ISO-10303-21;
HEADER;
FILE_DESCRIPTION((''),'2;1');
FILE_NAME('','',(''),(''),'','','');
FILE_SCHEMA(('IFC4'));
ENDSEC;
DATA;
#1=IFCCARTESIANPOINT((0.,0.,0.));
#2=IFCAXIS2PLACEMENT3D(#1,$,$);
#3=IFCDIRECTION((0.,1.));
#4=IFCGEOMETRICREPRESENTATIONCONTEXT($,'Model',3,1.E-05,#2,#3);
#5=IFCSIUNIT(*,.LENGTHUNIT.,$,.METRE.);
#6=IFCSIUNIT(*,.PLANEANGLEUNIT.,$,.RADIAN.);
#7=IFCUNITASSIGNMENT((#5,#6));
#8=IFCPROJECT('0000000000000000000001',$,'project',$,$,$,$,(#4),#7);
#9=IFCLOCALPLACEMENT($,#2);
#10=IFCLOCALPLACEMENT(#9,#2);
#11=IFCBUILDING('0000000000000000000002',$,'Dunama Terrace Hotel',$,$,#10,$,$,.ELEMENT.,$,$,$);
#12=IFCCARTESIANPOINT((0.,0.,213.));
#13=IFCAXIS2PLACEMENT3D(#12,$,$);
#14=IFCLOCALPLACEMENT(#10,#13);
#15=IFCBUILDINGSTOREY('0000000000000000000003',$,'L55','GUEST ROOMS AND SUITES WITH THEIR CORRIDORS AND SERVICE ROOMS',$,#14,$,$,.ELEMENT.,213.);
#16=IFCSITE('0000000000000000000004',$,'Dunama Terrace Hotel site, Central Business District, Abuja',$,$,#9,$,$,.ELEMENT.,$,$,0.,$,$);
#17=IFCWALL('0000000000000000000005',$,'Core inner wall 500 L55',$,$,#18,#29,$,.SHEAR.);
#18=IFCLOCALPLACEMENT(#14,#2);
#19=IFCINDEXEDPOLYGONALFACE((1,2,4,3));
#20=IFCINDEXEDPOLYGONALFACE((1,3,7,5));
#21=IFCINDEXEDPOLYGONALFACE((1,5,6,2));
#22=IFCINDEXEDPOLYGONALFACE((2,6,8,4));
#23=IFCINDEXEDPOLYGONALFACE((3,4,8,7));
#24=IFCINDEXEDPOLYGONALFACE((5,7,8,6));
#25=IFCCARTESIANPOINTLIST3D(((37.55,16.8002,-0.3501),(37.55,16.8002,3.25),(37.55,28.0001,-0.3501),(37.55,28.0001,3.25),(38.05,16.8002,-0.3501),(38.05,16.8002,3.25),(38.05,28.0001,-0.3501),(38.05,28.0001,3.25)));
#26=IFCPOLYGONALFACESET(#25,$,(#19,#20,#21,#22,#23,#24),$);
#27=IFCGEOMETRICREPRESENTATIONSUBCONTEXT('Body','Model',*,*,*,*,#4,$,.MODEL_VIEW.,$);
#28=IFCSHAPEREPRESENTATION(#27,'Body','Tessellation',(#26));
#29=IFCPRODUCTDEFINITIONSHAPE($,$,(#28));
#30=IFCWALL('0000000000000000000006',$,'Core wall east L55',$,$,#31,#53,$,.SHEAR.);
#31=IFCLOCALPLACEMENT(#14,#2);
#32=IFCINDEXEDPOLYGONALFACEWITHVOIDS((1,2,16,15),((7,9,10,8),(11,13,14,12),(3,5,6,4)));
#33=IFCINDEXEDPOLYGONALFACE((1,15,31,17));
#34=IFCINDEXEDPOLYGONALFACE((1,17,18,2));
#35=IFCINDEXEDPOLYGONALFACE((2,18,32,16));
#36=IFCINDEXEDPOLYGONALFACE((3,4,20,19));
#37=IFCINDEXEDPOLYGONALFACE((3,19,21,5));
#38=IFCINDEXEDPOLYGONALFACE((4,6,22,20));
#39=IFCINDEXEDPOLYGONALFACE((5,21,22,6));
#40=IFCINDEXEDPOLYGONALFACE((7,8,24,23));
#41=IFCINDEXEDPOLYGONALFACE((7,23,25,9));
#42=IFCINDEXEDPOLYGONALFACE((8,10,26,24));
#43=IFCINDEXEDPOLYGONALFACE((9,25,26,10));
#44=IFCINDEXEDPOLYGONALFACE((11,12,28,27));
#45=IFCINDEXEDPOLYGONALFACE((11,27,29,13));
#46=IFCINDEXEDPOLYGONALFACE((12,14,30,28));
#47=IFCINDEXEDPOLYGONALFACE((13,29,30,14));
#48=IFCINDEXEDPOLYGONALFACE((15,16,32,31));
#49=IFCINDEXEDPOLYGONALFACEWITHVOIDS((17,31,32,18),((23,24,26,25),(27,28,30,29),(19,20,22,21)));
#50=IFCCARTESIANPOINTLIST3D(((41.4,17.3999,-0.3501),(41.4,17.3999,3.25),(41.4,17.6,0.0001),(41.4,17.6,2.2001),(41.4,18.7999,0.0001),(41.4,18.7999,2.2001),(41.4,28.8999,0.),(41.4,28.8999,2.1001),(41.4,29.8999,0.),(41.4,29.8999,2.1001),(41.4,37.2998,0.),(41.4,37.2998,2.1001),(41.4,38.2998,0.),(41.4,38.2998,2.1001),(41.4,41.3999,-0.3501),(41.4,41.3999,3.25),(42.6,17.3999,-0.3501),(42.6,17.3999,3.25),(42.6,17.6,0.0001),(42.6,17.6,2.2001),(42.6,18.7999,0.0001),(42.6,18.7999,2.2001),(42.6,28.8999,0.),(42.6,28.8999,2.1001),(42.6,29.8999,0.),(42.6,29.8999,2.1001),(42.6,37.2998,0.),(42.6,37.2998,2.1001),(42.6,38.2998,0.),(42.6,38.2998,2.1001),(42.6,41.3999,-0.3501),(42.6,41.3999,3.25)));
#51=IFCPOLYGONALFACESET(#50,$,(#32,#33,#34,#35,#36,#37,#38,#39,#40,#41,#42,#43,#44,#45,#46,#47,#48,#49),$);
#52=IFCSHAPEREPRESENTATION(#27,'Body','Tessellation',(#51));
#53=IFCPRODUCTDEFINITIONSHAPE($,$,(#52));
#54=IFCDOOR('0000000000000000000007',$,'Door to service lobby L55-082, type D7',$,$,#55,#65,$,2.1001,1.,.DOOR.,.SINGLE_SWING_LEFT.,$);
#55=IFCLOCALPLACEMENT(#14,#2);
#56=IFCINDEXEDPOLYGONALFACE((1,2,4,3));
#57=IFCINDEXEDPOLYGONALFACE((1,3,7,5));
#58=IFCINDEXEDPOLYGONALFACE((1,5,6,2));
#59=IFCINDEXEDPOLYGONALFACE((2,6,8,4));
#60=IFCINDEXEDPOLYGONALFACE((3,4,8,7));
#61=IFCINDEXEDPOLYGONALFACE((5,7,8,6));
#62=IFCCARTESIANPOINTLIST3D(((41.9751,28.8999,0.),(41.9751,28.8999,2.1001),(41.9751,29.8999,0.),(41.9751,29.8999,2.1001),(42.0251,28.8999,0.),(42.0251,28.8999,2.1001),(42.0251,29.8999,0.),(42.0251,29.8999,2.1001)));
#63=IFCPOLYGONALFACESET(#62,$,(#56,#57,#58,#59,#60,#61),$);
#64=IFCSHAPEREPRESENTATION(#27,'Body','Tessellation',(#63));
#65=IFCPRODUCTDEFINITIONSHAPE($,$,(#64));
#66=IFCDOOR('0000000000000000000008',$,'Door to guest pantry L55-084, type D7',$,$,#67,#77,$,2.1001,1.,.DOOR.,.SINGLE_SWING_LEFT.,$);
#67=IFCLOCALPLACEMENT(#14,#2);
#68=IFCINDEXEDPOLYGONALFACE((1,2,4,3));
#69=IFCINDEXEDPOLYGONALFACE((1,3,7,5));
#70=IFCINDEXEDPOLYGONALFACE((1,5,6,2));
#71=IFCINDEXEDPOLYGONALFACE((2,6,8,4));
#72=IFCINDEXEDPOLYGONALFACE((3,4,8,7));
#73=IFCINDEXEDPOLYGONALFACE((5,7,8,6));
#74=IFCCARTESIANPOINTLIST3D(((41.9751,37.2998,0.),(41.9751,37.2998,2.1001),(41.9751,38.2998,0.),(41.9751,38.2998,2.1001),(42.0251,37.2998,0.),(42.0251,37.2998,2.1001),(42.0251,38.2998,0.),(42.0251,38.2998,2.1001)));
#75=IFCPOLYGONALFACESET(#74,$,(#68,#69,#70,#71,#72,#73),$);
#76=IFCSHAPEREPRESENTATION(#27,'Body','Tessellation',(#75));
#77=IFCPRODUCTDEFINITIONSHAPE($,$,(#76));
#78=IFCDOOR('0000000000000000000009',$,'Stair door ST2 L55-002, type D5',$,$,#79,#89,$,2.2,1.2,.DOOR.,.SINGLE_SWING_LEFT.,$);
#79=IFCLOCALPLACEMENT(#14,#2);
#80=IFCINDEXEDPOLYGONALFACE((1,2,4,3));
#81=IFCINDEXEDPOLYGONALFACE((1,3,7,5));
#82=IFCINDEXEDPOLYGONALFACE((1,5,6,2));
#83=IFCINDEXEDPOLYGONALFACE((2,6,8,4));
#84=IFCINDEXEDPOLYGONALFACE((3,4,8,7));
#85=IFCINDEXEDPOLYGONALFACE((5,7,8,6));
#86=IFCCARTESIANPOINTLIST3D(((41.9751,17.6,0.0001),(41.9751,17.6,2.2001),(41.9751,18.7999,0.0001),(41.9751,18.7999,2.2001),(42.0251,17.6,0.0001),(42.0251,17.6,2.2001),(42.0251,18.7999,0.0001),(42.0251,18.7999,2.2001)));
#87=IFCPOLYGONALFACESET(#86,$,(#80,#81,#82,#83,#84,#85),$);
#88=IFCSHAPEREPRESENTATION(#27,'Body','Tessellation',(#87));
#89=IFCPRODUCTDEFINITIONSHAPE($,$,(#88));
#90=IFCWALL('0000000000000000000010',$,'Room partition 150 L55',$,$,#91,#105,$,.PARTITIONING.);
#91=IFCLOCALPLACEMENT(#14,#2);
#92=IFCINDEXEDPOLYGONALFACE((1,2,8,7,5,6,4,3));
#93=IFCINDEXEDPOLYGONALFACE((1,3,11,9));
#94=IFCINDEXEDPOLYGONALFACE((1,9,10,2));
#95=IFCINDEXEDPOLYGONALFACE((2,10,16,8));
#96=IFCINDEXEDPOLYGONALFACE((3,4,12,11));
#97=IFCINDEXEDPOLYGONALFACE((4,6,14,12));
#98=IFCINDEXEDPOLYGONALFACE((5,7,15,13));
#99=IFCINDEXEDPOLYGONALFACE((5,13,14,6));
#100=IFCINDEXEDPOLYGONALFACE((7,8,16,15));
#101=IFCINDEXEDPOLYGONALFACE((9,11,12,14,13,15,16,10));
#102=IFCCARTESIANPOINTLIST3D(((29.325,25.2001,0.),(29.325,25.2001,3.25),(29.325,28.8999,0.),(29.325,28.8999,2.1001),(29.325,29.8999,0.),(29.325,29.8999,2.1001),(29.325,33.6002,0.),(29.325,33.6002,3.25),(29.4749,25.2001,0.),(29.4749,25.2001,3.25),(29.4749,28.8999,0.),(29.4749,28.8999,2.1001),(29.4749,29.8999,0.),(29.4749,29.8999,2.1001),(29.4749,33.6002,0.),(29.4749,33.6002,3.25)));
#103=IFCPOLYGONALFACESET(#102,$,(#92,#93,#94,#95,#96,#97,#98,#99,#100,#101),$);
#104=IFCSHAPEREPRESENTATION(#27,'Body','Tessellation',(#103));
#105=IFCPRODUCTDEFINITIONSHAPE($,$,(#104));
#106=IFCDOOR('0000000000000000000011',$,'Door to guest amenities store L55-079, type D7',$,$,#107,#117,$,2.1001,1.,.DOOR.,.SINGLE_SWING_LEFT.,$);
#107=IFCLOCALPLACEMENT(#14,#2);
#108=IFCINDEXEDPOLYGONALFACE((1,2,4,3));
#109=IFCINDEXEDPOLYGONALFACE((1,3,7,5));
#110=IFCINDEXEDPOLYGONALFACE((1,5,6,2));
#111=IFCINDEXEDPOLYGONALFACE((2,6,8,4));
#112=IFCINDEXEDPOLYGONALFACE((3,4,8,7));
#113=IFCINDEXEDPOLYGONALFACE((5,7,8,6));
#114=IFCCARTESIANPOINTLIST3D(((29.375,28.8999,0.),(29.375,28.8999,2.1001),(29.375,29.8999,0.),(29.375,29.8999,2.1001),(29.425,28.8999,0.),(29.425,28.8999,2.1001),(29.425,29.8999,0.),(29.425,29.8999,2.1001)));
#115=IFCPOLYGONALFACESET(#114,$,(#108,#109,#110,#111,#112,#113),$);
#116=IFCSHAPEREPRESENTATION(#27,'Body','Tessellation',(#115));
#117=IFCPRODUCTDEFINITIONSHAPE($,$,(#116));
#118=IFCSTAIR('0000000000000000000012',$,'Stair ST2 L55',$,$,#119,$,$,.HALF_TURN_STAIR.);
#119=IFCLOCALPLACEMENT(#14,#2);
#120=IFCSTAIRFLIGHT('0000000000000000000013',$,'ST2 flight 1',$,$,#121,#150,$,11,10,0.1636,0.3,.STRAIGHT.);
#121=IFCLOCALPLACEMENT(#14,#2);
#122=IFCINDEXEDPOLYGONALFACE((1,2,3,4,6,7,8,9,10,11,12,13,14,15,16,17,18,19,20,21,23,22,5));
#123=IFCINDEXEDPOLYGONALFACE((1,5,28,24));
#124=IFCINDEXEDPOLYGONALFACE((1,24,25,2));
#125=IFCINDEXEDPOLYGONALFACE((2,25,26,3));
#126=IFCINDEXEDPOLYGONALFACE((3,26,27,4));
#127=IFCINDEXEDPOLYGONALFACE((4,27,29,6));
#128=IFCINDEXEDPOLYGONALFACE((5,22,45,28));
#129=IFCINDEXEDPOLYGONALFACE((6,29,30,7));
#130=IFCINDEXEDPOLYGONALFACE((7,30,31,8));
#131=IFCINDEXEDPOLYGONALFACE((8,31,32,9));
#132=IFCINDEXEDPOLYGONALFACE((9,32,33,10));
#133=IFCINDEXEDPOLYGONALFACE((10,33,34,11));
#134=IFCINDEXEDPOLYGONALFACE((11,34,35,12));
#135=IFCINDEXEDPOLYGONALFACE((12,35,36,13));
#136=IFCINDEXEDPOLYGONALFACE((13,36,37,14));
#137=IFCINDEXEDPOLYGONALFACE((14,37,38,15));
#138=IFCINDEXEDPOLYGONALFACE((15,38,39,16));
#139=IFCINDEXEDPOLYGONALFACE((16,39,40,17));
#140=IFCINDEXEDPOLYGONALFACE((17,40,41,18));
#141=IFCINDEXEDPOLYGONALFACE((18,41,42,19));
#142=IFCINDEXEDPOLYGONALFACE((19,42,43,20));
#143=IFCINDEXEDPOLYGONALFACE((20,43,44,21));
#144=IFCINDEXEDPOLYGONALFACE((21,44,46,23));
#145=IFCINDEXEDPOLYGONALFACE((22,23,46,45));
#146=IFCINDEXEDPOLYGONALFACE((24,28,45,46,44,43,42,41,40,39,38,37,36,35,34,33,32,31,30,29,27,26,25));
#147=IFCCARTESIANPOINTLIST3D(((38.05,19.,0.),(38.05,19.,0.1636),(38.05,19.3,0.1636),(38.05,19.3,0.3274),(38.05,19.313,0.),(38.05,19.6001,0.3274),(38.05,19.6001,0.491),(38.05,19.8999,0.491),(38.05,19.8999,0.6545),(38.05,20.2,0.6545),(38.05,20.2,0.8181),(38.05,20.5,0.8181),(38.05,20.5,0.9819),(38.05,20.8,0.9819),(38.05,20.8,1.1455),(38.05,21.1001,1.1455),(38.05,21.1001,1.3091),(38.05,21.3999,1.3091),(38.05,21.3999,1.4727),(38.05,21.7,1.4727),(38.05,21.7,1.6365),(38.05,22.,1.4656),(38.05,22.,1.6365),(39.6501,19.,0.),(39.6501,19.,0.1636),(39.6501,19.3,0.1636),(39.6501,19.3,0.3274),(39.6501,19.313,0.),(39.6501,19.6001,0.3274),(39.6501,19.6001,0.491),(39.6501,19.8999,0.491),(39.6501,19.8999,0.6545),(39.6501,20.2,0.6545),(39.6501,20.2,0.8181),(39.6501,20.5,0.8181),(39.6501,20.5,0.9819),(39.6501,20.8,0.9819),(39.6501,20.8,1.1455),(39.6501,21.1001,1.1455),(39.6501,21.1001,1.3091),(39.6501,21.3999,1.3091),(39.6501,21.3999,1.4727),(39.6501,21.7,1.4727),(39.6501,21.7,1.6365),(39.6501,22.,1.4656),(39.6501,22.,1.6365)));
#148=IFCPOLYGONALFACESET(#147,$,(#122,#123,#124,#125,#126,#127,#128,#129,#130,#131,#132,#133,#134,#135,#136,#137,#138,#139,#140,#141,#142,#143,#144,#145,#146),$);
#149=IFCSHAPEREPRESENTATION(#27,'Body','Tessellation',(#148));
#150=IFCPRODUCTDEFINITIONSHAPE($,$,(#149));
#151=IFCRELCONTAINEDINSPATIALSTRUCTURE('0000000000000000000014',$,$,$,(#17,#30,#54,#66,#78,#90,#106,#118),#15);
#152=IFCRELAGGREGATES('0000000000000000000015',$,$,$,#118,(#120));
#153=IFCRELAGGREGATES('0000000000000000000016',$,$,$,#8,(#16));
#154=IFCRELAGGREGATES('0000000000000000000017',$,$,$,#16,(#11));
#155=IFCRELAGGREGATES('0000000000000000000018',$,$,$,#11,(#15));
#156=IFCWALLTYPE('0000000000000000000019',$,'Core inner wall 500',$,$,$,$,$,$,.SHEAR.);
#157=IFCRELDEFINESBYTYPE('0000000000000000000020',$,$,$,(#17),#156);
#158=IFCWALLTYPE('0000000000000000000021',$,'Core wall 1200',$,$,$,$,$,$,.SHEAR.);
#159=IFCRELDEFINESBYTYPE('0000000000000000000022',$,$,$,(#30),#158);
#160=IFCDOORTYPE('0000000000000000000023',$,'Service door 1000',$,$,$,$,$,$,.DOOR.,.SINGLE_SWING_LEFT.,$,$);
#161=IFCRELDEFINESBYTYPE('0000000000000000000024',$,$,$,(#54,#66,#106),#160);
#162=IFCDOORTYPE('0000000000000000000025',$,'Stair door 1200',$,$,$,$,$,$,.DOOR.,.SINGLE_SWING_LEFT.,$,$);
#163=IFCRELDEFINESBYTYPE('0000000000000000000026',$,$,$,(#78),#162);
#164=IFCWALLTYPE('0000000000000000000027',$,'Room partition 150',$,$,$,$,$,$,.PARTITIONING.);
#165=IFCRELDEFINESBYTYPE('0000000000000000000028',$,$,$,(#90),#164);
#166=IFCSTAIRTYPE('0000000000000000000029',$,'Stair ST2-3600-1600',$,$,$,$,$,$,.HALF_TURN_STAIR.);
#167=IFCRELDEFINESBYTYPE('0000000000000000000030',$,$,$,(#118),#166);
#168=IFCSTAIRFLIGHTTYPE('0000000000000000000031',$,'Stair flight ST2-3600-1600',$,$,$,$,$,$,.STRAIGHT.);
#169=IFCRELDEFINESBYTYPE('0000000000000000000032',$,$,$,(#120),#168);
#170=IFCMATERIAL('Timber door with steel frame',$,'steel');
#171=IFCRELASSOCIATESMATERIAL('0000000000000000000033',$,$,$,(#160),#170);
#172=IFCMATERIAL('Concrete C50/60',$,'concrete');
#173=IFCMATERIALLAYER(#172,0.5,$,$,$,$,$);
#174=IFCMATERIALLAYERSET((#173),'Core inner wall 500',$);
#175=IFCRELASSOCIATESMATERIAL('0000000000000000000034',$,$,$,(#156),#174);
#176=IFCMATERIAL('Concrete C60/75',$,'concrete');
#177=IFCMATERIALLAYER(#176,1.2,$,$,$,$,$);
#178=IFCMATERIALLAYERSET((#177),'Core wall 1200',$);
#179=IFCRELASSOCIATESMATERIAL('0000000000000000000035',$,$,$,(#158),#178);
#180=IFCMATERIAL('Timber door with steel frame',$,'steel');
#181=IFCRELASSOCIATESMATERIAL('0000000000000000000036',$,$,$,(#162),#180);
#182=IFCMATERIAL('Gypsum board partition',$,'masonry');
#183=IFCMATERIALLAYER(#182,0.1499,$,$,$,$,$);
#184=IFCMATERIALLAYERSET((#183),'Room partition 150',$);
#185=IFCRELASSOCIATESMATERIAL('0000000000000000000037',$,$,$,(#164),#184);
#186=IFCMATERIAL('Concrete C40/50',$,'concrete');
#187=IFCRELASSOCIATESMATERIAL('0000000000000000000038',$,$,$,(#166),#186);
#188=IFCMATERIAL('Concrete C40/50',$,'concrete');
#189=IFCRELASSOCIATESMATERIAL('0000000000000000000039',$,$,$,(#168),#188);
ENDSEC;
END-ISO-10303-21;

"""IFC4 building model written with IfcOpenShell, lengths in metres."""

from ifc_helpers import new_model, si_unit, direction, frame, frame_2d, origin, place, context, subcontext, project, spatial, polyline, rectangle, outline, extrude, material, layer, layer_set, type_object, element, fill, aggregate, save


model = new_model("IFC4")

# Units and contexts
model_context = context("Model", 3, precision=1e-05, world=origin(), true_north=direction((0.0, 1.0)))
body_context = subcontext(model_context, "Body", "Model", "MODEL_VIEW")
ifc_project = project(units=[si_unit("LENGTHUNIT", "METRE"), si_unit("PLANEANGLEUNIT", "RADIAN")], contexts=[model_context])

# Site, building, storey
site_placement = place(None, origin())
site = spatial("IfcSite", under=ifc_project, at=site_placement, Name="Dunama Terrace Hotel site, Central Business District, Abuja", CompositionType="ELEMENT", RefElevation=0.0)
building_placement = place(site_placement, origin())
building = spatial("IfcBuilding", under=site, at=building_placement, Name="Dunama Terrace Hotel", CompositionType="ELEMENT")
storey_placement = place(building_placement, frame((0.0, 0.0, 213.0)))
storey = spatial("IfcBuildingStorey", under=building, at=storey_placement, Name="L55", Description="GUEST ROOMS AND SUITES WITH THEIR CORRIDORS AND SERVICE ROOMS", CompositionType="ELEMENT", Elevation=213.0)

# Shared definitions
ifc_material_1 = material(Name="Timber door with steel frame", Category="steel")
door_type_1 = type_object("IfcDoorType", Name="Service door 1000", OperationType="SINGLE_SWING_LEFT", PredefinedType="DOOR", material=ifc_material_1)

# Wall
ifc_material_2 = material(Name="Concrete C50/60", Category="concrete")
ifc_layer_1 = layer(ifc_material_2, 0.5)
ifc_layer_set_1 = layer_set([ifc_layer_1], Name="Core inner wall 500")
wall_type_1 = type_object("IfcWallType", Name="Core inner wall 500", PredefinedType="SHEAR", material=ifc_layer_set_1)
wall_1_placement = place(storey_placement, frame((37.8, 16.8, -0.3501), z_axis=(0.0, 0.0, 1.0), x_axis=(0.0, 1.0, 0.0)))
element("IfcWall", 1, at=wall_1_placement, inside=storey, type_object=wall_type_1, Name="Core inner wall 500 L55", PredefinedType="SHEAR", context=body_context, shape_type="SweptSolid", body=[
    extrude(rectangle(XDim=11.2, YDim=0.5, at=frame_2d((5.6001, 0.0))), origin(), (0.0, 0.0, 1.0), 3.6001),
])

# Wall, openings, doors
ifc_material_3 = material(Name="Concrete C60/75", Category="concrete")
ifc_layer_2 = layer(ifc_material_3, 1.2)
ifc_layer_set_2 = layer_set([ifc_layer_2], Name="Core wall 1200")
wall_type_2 = type_object("IfcWallType", Name="Core wall 1200", PredefinedType="SHEAR", material=ifc_layer_set_2)
wall_2_placement = place(storey_placement, frame((42.0, 17.3999, -0.3501), z_axis=(0.0, 0.0, 1.0), x_axis=(0.0, 1.0, 0.0)))
wall_2 = element("IfcWall", 2, at=wall_2_placement, inside=storey, type_object=wall_type_2, Name="Core wall east L55", PredefinedType="SHEAR", context=body_context, shape_type="SweptSolid", body=[
    extrude(rectangle(XDim=24.0, YDim=1.2, at=frame_2d((12.0, 0.0))), origin(), (0.0, 0.0, 1.0), 3.6001),
])
opening_1_placement = place(wall_2_placement, frame((0.2, 0.0, 0.3501)))
opening_1 = element("IfcOpeningElement", 3, at=opening_1_placement, cuts=wall_2, PredefinedType="OPENING", context=body_context, shape_type="SweptSolid", body=[
    extrude(rectangle(XDim=1.2, YDim=2.2, at=frame_2d((0.6001, 1.1001))), frame((0.0, 0.6099, 0.0), z_axis=(0.0, -1.0, 0.0), x_axis=(1.0, 0.0, 0.0)), (0.0, 0.0, 1.0), 1.22),
])
opening_2_placement = place(wall_2_placement, frame((11.5, 0.0, 0.3501)))
opening_2 = element("IfcOpeningElement", 4, at=opening_2_placement, cuts=wall_2, PredefinedType="OPENING", context=body_context, shape_type="SweptSolid", body=[
    extrude(rectangle(XDim=1.0, YDim=2.1001, at=frame_2d((0.5, 1.05))), frame((0.0, 0.6099, 0.0), z_axis=(0.0, -1.0, 0.0), x_axis=(1.0, 0.0, 0.0)), (0.0, 0.0, 1.0), 1.22),
])
opening_3_placement = place(wall_2_placement, frame((19.8999, 0.0, 0.3501)))
opening_3 = element("IfcOpeningElement", 5, at=opening_3_placement, cuts=wall_2, PredefinedType="OPENING", context=body_context, shape_type="SweptSolid", body=[
    extrude(rectangle(XDim=1.0, YDim=2.1001, at=frame_2d((0.5, 1.05))), frame((0.0, 0.6099, 0.0), z_axis=(0.0, -1.0, 0.0), x_axis=(1.0, 0.0, 0.0)), (0.0, 0.0, 1.0), 1.22),
])
door_1_placement = place(opening_2_placement, origin())
door_1 = element("IfcDoor", 6, at=door_1_placement, inside=storey, type_object=door_type_1, Name="Door to service lobby L55-082, type D7", OperationType="SINGLE_SWING_LEFT", OverallHeight=2.1001, OverallWidth=1.0, PredefinedType="DOOR", context=body_context, shape_type="SweptSolid", body=[
    extrude(rectangle(XDim=1.0, YDim=2.1001, at=frame_2d((0.5, 1.05))), frame((0.0, 0.0249, 0.0), z_axis=(0.0, -1.0, 0.0), x_axis=(1.0, 0.0, 0.0)), (0.0, 0.0, 1.0), 0.05),
])
fill(opening_2, door_1)
door_2_placement = place(opening_3_placement, origin())
door_2 = element("IfcDoor", 7, at=door_2_placement, inside=storey, type_object=door_type_1, Name="Door to guest pantry L55-084, type D7", OperationType="SINGLE_SWING_LEFT", OverallHeight=2.1001, OverallWidth=1.0, PredefinedType="DOOR", context=body_context, shape_type="SweptSolid", body=[
    extrude(rectangle(XDim=1.0, YDim=2.1001, at=frame_2d((0.5, 1.05))), frame((0.0, 0.0249, 0.0), z_axis=(0.0, -1.0, 0.0), x_axis=(1.0, 0.0, 0.0)), (0.0, 0.0, 1.0), 0.05),
])
fill(opening_3, door_2)
ifc_material_4 = material(Name="Timber door with steel frame", Category="steel")
door_type_2 = type_object("IfcDoorType", Name="Stair door 1200", OperationType="SINGLE_SWING_LEFT", PredefinedType="DOOR", material=ifc_material_4)
door_3_placement = place(opening_1_placement, origin())
door_3 = element("IfcDoor", 8, at=door_3_placement, inside=storey, type_object=door_type_2, Name="Stair door ST2 L55-002, type D5", OperationType="SINGLE_SWING_LEFT", OverallHeight=2.2, OverallWidth=1.2, PredefinedType="DOOR", context=body_context, shape_type="SweptSolid", body=[
    extrude(rectangle(XDim=1.2, YDim=2.2, at=frame_2d((0.6001, 1.1001))), frame((0.0, 0.0249, 0.0), z_axis=(0.0, -1.0, 0.0), x_axis=(1.0, 0.0, 0.0)), (0.0, 0.0, 1.0), 0.05),
])
fill(opening_1, door_3)

# Wall, opening, door
ifc_material_5 = material(Name="Gypsum board partition", Category="masonry")
ifc_layer_3 = layer(ifc_material_5, 0.1499)
ifc_layer_set_3 = layer_set([ifc_layer_3], Name="Room partition 150")
wall_type_3 = type_object("IfcWallType", Name="Room partition 150", PredefinedType="PARTITIONING", material=ifc_layer_set_3)
wall_3_placement = place(storey_placement, frame((29.3999, 25.2, 0.0), z_axis=(0.0, 0.0, 1.0), x_axis=(0.0, 1.0, 0.0)))
wall_3 = element("IfcWall", 9, at=wall_3_placement, inside=storey, type_object=wall_type_3, Name="Room partition 150 L55", PredefinedType="PARTITIONING", context=body_context, shape_type="SweptSolid", body=[
    extrude(rectangle(XDim=8.4001, YDim=0.1499, at=frame_2d((4.2002, 0.0))), origin(), (0.0, 0.0, 1.0), 3.25),
])
opening_4_placement = place(wall_3_placement, frame((3.7, 0.0, 0.0)))
opening_4 = element("IfcOpeningElement", 10, at=opening_4_placement, cuts=wall_3, PredefinedType="OPENING", context=body_context, shape_type="SweptSolid", body=[
    extrude(rectangle(XDim=1.0, YDim=2.1001, at=frame_2d((0.5, 1.05))), frame((0.0, 0.085, 0.0), z_axis=(0.0, -1.0, 0.0), x_axis=(1.0, 0.0, 0.0)), (0.0, 0.0, 1.0), 0.1699),
])
door_4_placement = place(opening_4_placement, origin())
door_4 = element("IfcDoor", 11, at=door_4_placement, inside=storey, type_object=door_type_1, Name="Door to guest amenities store L55-079, type D7", OperationType="SINGLE_SWING_LEFT", OverallHeight=2.1001, OverallWidth=1.0, PredefinedType="DOOR", context=body_context, shape_type="SweptSolid", body=[
    extrude(rectangle(XDim=1.0, YDim=2.1001, at=frame_2d((0.5, 1.05))), frame((0.0, 0.0249, 0.0), z_axis=(0.0, -1.0, 0.0), x_axis=(1.0, 0.0, 0.0)), (0.0, 0.0, 1.0), 0.05),
])
fill(opening_4, door_4)

# Stair, stair flight
ifc_material_6 = material(Name="Concrete C40/50", Category="concrete")
stair_type = type_object("IfcStairType", Name="Stair ST2-3600-1600", PredefinedType="HALF_TURN_STAIR", material=ifc_material_6)
stair_placement = place(storey_placement, origin())
stair = element("IfcStair", 12, at=stair_placement, inside=storey, type_object=stair_type, Name="Stair ST2 L55", PredefinedType="HALF_TURN_STAIR")
ifc_material_7 = material(Name="Concrete C40/50", Category="concrete")
stair_flight_type = type_object("IfcStairFlightType", Name="Stair flight ST2-3600-1600", PredefinedType="STRAIGHT", material=ifc_material_7)
stair_flight_1_placement = place(storey_placement, frame((38.8501, 19.0, 0.0), z_axis=(0.0, 0.0, 1.0), x_axis=(0.0, 1.0, 0.0)))
stair_flight_1 = element("IfcStairFlight", 13, at=stair_flight_1_placement, type_object=stair_flight_type, Name="ST2 flight 1", NumberOfRisers=11, NumberOfTreads=10, PredefinedType="STRAIGHT", RiserHeight=0.1636, TreadLength=0.3, context=body_context, shape_type="SweptSolid", body=[
    extrude(outline(polyline([(0.0, 0.0), (0.0, 0.1636), (0.3, 0.1636), (0.3, 0.3274), (0.6001, 0.3274), (0.6001, 0.491), (0.8999, 0.491), (0.8999, 0.6545), (1.2, 0.6545), (1.2, 0.8181), (1.5, 0.8181), (1.5, 0.9819), (1.8, 0.9819), (1.8, 1.1455), (2.1001, 1.1455), (2.1001, 1.3091), (2.3999, 1.3091), (2.3999, 1.4727), (2.7, 1.4727), (2.7, 1.6365), (3.0, 1.6365), (3.0, 1.8), (3.0, 1.4656), (0.313, 0.0), (0.0, 0.0)])), frame((0.0, 0.8, 0.0), z_axis=(0.0, -1.0, 0.0), x_axis=(1.0, 0.0, 0.0)), (0.0, 0.0, 1.0), 1.6001),
])
aggregate(stair, [stair_flight_1])

save(model, "model.ifc")
